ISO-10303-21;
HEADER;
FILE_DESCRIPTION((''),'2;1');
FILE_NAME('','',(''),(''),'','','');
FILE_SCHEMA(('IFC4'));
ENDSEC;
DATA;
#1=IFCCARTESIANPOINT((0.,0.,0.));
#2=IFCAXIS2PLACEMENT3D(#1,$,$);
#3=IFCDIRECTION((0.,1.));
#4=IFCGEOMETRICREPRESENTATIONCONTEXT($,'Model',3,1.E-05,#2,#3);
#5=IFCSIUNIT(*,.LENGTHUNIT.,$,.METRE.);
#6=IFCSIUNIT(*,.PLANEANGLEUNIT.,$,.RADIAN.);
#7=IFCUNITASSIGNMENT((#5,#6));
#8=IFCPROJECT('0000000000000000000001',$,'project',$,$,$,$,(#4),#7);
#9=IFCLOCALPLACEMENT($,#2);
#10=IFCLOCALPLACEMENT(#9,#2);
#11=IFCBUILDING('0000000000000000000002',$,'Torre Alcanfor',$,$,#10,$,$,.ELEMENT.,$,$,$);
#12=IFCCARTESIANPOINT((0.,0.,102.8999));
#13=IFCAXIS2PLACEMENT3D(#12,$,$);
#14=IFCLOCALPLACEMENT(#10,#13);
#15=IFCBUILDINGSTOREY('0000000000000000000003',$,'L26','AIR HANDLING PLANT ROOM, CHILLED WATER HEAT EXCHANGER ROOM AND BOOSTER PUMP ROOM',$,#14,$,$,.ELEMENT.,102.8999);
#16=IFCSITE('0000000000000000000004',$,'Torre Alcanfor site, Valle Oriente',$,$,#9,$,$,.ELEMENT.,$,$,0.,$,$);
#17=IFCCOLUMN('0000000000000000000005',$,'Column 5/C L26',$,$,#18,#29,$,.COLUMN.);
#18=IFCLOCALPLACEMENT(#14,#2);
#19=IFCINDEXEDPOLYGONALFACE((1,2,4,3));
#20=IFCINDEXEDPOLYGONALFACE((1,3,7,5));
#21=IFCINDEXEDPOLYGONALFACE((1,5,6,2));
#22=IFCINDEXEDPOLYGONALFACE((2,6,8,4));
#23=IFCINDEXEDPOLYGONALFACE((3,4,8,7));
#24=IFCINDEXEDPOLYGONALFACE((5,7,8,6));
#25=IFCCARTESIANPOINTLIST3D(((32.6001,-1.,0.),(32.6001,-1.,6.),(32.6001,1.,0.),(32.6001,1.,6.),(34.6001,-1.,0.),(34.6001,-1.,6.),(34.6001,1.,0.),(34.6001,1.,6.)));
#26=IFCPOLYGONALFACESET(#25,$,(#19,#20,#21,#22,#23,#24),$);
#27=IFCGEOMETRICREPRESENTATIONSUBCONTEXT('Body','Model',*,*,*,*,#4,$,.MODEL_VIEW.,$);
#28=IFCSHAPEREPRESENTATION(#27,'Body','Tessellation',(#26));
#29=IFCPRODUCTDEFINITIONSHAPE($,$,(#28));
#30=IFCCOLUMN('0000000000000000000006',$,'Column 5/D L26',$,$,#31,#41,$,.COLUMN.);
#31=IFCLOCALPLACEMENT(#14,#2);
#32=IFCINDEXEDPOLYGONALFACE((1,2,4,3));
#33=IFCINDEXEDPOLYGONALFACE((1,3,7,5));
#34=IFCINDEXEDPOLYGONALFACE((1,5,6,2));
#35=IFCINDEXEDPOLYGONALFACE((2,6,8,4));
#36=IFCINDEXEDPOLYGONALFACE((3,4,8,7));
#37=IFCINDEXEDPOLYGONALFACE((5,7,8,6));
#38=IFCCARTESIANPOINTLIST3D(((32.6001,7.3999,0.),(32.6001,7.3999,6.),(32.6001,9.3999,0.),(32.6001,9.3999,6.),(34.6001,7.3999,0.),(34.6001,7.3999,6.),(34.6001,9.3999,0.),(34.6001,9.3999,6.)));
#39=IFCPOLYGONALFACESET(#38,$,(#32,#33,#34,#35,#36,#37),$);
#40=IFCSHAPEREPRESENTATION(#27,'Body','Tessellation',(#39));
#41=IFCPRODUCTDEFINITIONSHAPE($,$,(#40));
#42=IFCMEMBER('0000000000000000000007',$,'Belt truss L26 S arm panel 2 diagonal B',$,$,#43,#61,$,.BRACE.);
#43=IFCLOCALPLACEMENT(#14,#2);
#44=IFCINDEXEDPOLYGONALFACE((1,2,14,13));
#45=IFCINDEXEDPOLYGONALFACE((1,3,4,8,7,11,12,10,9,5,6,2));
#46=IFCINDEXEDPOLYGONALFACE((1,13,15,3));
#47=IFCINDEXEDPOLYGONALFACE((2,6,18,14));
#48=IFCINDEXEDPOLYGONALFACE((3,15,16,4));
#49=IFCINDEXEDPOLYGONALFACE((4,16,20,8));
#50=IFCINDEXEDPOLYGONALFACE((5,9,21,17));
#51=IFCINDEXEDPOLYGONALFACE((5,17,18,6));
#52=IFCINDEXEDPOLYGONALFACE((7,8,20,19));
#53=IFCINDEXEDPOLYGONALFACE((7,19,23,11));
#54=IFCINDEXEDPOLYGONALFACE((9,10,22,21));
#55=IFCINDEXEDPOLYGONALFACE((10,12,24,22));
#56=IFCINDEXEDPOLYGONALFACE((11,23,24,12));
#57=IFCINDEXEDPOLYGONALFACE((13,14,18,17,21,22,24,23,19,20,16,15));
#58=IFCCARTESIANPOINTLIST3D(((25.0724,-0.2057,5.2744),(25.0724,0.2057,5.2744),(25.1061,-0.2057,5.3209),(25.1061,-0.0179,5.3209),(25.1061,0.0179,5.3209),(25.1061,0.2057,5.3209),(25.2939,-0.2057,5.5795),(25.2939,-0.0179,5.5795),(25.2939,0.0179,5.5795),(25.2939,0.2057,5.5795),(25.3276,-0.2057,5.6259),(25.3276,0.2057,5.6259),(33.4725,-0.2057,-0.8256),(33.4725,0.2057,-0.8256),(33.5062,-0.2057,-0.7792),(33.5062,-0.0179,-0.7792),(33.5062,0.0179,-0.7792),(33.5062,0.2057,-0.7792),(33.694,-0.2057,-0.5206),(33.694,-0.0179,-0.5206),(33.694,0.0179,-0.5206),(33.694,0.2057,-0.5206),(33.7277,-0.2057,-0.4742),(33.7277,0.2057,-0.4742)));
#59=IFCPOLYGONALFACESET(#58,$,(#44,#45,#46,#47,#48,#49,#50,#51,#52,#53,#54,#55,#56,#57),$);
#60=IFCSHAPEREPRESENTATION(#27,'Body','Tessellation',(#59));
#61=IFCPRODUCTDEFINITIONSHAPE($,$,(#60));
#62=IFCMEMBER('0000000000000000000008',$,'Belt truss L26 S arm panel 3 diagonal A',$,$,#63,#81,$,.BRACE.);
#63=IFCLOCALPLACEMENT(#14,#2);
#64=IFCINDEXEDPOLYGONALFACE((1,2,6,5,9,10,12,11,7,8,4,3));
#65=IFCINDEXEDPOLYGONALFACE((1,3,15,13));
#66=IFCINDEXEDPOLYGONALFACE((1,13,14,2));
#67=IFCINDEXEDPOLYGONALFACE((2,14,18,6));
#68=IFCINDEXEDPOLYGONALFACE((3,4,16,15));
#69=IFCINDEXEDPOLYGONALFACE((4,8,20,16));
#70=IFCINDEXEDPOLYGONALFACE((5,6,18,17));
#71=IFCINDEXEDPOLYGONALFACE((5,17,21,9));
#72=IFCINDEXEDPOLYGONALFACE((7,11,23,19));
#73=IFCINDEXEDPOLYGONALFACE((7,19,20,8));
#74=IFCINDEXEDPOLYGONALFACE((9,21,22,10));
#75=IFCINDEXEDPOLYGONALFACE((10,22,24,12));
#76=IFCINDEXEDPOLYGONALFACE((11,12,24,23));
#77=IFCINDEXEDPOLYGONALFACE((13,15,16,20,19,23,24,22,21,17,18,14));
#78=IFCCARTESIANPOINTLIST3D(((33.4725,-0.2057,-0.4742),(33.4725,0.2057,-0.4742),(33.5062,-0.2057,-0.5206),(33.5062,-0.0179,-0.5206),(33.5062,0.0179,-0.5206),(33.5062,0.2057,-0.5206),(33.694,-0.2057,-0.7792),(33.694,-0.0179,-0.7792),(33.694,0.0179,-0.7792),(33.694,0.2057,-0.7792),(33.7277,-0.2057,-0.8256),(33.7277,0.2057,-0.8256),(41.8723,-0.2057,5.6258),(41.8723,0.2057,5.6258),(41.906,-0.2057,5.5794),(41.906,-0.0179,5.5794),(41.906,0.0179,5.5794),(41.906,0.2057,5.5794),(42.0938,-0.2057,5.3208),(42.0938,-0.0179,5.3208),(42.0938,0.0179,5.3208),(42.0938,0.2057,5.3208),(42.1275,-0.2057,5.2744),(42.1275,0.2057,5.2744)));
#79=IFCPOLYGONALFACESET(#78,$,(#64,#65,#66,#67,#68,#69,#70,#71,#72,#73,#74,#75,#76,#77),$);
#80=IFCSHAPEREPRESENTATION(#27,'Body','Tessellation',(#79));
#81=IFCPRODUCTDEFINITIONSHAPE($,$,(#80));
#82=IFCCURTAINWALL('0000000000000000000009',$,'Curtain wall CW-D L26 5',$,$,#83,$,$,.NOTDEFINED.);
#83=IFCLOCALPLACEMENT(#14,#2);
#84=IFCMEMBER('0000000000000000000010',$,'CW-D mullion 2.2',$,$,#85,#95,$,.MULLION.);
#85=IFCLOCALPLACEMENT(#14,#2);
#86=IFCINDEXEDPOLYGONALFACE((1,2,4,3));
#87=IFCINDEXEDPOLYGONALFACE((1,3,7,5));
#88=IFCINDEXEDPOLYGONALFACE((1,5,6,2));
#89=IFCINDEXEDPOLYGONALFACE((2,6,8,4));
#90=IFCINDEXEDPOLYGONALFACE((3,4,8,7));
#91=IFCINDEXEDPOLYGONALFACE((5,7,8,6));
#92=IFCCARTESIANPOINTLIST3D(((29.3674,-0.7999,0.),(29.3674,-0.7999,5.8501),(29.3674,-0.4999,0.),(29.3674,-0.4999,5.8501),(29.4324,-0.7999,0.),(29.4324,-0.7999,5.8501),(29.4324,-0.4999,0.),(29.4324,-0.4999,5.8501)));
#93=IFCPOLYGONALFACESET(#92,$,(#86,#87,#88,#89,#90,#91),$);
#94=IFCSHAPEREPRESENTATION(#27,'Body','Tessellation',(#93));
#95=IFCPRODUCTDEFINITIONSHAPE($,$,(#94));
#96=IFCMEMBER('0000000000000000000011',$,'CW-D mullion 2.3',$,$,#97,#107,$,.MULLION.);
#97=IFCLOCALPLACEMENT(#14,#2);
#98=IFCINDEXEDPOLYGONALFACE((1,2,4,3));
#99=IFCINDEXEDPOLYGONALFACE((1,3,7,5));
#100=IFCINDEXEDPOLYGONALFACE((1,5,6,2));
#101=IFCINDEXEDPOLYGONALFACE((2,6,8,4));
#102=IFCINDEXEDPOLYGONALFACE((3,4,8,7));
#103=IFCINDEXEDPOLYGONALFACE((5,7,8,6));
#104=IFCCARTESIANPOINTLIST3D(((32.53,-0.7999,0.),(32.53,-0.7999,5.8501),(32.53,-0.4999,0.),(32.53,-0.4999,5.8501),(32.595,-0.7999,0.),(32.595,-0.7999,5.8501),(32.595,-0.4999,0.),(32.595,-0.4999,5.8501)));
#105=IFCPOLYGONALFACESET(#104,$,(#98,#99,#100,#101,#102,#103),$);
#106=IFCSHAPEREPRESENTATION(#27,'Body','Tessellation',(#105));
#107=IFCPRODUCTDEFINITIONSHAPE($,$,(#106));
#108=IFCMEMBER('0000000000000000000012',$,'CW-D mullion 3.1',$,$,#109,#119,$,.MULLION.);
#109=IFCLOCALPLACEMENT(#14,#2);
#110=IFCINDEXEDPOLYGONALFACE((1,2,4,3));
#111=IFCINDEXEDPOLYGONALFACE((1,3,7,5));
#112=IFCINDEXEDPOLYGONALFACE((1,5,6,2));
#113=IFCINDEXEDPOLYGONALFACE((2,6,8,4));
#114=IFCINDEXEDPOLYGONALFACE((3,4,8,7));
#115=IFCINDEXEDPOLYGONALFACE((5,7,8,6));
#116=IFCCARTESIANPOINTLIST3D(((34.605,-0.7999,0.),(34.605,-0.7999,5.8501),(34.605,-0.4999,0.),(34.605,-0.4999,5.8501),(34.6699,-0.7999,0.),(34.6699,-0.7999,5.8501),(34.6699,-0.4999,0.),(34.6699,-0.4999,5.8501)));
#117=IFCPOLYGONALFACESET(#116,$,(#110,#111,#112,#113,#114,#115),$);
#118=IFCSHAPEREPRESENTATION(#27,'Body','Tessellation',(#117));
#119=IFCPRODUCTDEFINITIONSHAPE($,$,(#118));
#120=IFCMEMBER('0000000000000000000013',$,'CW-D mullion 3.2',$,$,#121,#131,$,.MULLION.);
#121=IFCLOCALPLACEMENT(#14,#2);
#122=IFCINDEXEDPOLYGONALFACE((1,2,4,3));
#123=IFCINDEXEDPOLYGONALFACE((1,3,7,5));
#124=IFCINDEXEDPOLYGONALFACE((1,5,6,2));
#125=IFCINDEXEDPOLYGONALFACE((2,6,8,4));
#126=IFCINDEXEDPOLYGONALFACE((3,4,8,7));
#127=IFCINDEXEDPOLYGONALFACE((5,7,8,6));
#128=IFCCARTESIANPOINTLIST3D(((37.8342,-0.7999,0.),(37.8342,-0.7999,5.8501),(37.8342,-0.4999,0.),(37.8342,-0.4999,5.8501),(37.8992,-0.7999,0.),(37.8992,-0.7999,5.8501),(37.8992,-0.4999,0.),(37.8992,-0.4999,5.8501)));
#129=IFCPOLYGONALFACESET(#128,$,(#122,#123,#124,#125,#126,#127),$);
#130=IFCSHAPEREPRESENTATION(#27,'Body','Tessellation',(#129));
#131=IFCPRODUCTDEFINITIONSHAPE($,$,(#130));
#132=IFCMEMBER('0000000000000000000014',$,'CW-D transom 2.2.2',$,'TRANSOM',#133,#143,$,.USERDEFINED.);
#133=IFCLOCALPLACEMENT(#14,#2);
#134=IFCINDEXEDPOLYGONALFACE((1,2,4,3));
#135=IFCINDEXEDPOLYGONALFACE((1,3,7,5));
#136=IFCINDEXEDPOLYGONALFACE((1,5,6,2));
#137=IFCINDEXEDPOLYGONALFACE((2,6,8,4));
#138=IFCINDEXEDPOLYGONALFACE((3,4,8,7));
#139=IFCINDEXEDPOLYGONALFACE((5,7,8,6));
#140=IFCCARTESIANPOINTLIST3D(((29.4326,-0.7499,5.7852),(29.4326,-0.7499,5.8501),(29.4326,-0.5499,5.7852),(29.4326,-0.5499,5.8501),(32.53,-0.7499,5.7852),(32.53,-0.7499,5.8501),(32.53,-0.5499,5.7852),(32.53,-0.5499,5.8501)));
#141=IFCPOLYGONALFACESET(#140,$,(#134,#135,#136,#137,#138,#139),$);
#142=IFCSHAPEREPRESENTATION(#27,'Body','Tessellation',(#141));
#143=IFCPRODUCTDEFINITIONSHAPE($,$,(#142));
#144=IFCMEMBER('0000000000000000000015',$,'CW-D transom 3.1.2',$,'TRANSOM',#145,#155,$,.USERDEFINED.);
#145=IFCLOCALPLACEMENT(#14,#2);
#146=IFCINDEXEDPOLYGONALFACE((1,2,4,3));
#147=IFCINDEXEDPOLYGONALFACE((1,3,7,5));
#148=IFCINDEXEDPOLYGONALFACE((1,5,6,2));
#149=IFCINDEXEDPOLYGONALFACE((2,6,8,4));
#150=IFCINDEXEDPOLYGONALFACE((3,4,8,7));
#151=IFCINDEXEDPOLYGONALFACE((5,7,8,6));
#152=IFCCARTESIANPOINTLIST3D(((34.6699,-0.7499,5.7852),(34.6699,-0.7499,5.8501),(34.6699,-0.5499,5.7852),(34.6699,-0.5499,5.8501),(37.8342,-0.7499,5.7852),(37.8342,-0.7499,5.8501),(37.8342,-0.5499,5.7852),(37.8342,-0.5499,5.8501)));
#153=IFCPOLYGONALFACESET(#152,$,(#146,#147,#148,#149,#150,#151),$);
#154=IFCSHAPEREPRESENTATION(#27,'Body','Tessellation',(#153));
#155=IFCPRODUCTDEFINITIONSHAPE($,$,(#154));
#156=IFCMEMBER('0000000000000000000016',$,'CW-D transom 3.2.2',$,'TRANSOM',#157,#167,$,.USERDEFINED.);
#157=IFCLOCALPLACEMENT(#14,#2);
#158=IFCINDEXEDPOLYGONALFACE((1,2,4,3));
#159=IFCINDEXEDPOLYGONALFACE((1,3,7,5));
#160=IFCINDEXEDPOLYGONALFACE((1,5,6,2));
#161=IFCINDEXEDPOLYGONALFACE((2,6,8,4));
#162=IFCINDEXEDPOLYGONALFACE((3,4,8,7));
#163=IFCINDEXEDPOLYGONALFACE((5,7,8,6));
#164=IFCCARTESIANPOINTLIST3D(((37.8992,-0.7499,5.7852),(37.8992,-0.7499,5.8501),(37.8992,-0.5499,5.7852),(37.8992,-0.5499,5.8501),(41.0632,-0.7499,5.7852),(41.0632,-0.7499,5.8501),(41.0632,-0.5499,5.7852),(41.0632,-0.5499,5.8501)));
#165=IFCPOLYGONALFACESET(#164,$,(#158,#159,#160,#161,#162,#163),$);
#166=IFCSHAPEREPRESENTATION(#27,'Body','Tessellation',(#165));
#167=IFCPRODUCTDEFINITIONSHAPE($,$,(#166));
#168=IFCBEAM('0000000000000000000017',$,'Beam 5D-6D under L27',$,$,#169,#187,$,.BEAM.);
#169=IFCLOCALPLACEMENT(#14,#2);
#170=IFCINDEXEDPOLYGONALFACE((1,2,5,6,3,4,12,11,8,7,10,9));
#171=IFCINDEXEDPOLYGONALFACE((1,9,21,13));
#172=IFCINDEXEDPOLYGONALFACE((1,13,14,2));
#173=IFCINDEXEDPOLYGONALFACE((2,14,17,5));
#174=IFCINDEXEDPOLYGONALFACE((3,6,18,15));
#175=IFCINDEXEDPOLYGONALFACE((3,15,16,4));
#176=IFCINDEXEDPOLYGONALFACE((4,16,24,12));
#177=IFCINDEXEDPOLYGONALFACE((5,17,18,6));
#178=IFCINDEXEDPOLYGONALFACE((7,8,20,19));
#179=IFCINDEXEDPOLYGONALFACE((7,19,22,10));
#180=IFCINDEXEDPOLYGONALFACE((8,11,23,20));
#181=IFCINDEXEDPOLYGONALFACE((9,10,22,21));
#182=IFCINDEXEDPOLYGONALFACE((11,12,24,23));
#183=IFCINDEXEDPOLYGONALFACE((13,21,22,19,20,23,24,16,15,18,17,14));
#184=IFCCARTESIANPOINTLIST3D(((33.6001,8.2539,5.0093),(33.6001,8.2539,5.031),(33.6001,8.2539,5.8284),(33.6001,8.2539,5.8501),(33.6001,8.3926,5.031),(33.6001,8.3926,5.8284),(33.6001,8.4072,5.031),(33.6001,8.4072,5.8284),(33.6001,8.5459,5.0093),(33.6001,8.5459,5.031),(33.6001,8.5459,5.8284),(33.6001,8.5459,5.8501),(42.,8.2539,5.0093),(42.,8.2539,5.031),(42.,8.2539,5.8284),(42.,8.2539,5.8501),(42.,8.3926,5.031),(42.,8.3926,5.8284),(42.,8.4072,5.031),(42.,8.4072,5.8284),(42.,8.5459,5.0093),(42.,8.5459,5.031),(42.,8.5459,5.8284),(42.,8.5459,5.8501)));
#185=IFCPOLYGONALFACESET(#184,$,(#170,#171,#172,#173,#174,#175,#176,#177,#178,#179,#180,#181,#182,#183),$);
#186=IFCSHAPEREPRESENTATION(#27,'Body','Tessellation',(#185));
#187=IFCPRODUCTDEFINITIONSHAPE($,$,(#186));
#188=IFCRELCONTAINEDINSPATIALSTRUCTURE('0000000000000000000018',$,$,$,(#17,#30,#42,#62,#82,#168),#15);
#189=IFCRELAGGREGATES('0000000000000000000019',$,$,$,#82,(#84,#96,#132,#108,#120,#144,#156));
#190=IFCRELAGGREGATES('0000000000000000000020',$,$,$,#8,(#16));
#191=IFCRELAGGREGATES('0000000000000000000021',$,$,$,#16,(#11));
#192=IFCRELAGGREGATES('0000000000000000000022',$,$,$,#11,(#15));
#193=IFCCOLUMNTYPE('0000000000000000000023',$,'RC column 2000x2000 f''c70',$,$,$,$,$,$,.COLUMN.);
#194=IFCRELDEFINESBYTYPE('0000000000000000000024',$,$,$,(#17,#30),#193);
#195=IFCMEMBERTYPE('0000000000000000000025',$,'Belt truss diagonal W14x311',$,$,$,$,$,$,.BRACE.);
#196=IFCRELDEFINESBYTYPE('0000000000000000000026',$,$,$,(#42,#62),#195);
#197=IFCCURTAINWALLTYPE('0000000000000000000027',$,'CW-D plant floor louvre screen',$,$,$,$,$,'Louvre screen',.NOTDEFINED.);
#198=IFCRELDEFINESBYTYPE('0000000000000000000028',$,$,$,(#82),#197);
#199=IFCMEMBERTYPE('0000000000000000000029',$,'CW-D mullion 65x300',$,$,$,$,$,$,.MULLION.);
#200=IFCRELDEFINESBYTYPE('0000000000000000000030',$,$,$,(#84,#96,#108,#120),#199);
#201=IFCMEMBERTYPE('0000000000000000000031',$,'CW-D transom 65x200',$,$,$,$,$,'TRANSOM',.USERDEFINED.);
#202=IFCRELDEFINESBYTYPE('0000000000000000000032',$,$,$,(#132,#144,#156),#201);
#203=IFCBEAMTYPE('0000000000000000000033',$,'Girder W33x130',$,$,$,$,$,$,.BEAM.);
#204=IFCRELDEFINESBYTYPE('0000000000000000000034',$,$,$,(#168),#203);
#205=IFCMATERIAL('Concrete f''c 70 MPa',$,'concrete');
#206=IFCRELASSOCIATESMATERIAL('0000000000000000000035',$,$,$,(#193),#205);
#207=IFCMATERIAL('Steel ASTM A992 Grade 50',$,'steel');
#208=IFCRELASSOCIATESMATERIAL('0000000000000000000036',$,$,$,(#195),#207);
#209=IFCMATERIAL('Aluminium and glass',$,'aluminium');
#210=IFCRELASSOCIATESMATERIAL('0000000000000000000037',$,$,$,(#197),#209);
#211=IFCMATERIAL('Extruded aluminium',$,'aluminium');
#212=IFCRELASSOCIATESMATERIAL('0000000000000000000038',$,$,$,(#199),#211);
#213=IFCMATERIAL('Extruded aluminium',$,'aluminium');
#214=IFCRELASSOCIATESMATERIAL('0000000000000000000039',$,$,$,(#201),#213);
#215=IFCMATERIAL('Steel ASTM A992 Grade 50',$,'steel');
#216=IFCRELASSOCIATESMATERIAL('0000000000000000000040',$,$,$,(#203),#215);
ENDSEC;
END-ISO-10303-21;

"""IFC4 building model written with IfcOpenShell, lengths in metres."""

from ifc_helpers import new_model, si_unit, direction, frame, origin, origin_2d, place, context, subcontext, project, spatial, rectangle, i_section, extrude, material, material_profile, profile_set, type_object, element, aggregate, save


model = new_model("IFC4")

# Units and contexts
model_context = context("Model", 3, precision=1e-05, world=origin(), true_north=direction((0.0, 1.0)))
body_context = subcontext(model_context, "Body", "Model", "MODEL_VIEW")
ifc_project = project(units=[si_unit("LENGTHUNIT", "METRE"), si_unit("PLANEANGLEUNIT", "RADIAN")], contexts=[model_context])

# Site, building, storey
site_placement = place(None, origin())
site = spatial("IfcSite", under=ifc_project, at=site_placement, Name="Torre Alcanfor site, Valle Oriente", CompositionType="ELEMENT", RefElevation=0.0)
building_placement = place(site_placement, origin())
building = spatial("IfcBuilding", under=site, at=building_placement, Name="Torre Alcanfor", CompositionType="ELEMENT")
storey_placement = place(building_placement, frame((0.0, 0.0, 102.8999)))
storey = spatial("IfcBuildingStorey", under=building, at=storey_placement, Name="L26", Description="AIR HANDLING PLANT ROOM, CHILLED WATER HEAT EXCHANGER ROOM AND BOOSTER PUMP ROOM", CompositionType="ELEMENT", Elevation=102.8999)

# Columns
ifc_material_1 = material(Name="Concrete f'c 70 MPa", Category="concrete")
ifc_material_profile_1 = material_profile(ifc_material_1, rectangle(XDim=2.0, YDim=2.0, at=origin_2d()), Name="2000x2000")
ifc_profile_set_1 = profile_set([ifc_material_profile_1], Name="Concrete f'c 70 MPa")
column_type = type_object("IfcColumnType", Name="RC column 2000x2000 f'c70", PredefinedType="COLUMN", material=ifc_profile_set_1)
for number, where, z_axis, x_axis, name in (
    (1, (33.6001, 0.0, 0.0), (0.0, 0.0, 1.0), (1.0, 0.0, 0.0), "Column 5/C L26"),
    (2, (33.6001, 8.3999, 0.0), (0.0, 0.0, 1.0), (1.0, 0.0, 0.0), "Column 5/D L26"),
):
    element("IfcColumn", number, at=place(storey_placement, frame(where, z_axis=z_axis, x_axis=x_axis)), inside=storey, type_object=column_type, Name=name, PredefinedType="COLUMN", context=body_context, shape_type="SweptSolid", body=[
        extrude(rectangle(XDim=2.0, YDim=2.0, at=origin_2d()), origin(), (0.0, 0.0, 1.0), 6.0),
    ])

# Members
ifc_material_2 = material(Name="Steel ASTM A992 Grade 50", Category="steel")
ifc_material_profile_2 = material_profile(ifc_material_2, i_section(OverallWidth=0.4114, OverallDepth=0.4343, WebThickness=0.0359, FlangeThickness=0.0574, at=origin_2d()), Name="W14x311")
ifc_profile_set_2 = profile_set([ifc_material_profile_2], Name="Steel ASTM A992 Grade 50")
member_type_1 = type_object("IfcMemberType", Name="Belt truss diagonal W14x311", PredefinedType="BRACE", material=ifc_profile_set_2)
member_1_placement = place(storey_placement, frame((33.6001, 0.0, -0.6499), z_axis=(-0.809153, 0.0, 0.587598), x_axis=(0.0, -1.0, 0.0)))
element("IfcMember", 3, at=member_1_placement, inside=storey, type_object=member_type_1, Name="Belt truss L26 S arm panel 2 diagonal B", PredefinedType="BRACE", context=body_context, shape_type="SweptSolid", body=[
    extrude(i_section(OverallWidth=0.4114, OverallDepth=0.4343, WebThickness=0.0359, FlangeThickness=0.0574, at=origin_2d()), origin(), (0.0, 0.0, 1.0), 10.3813),
])
member_2_placement = place(storey_placement, frame((33.6001, 0.0, -0.6499), z_axis=(0.809145, 0.0, 0.587609), x_axis=(0.0, 1.0, 0.0)))
element("IfcMember", 4, at=member_2_placement, inside=storey, type_object=member_type_1, Name="Belt truss L26 S arm panel 3 diagonal A", PredefinedType="BRACE", context=body_context, shape_type="SweptSolid", body=[
    extrude(i_section(OverallWidth=0.4114, OverallDepth=0.4343, WebThickness=0.0359, FlangeThickness=0.0574, at=origin_2d()), origin(), (0.0, 0.0, 1.0), 10.3811),
])

# Curtain wall, members
ifc_material_3 = material(Name="Aluminium and glass", Category="aluminium")
curtain_wall_type = type_object("IfcCurtainWallType", Name="CW-D plant floor louvre screen", ElementType="Louvre screen", PredefinedType="NOTDEFINED", material=ifc_material_3)
curtain_wall_placement = place(storey_placement, origin())
curtain_wall = element("IfcCurtainWall", 5, at=curtain_wall_placement, inside=storey, type_object=curtain_wall_type, Name="Curtain wall CW-D L26 5", PredefinedType="NOTDEFINED")
ifc_material_4 = material(Name="Extruded aluminium", Category="aluminium")
ifc_material_profile_3 = material_profile(ifc_material_4, rectangle(XDim=0.3, YDim=0.0649, at=origin_2d()), Name="CW-D mullion 65x300")
ifc_profile_set_3 = profile_set([ifc_material_profile_3], Name="Extruded aluminium")
member_type_2 = type_object("IfcMemberType", Name="CW-D mullion 65x300", PredefinedType="MULLION", material=ifc_profile_set_3)
member_3_placement = place(storey_placement, frame((29.3999, -0.6499, 0.0), z_axis=(0.0, 0.0, 1.0), x_axis=(0.0, 1.0, 0.0)))
member_3 = element("IfcMember", 6, at=member_3_placement, type_object=member_type_2, Name="CW-D mullion 2.2", PredefinedType="MULLION", context=body_context, shape_type="SweptSolid", body=[
    extrude(rectangle(XDim=0.3, YDim=0.0649, at=origin_2d()), origin(), (0.0, 0.0, 1.0), 5.8501),
])
member_4_placement = place(storey_placement, frame((32.5625, -0.6499, 0.0), z_axis=(0.0, 0.0, 1.0), x_axis=(0.0, 1.0, 0.0)))
member_4 = element("IfcMember", 7, at=member_4_placement, type_object=member_type_2, Name="CW-D mullion 2.3", PredefinedType="MULLION", context=body_context, shape_type="SweptSolid", body=[
    extrude(rectangle(XDim=0.3, YDim=0.0649, at=origin_2d()), origin(), (0.0, 0.0, 1.0), 5.8501),
])
member_5_placement = place(storey_placement, frame((34.6375, -0.6499, 0.0), z_axis=(0.0, 0.0, 1.0), x_axis=(0.0, 1.0, 0.0)))
member_5 = element("IfcMember", 8, at=member_5_placement, type_object=member_type_2, Name="CW-D mullion 3.1", PredefinedType="MULLION", context=body_context, shape_type="SweptSolid", body=[
    extrude(rectangle(XDim=0.3, YDim=0.0649, at=origin_2d()), origin(), (0.0, 0.0, 1.0), 5.8501),
])
member_6_placement = place(storey_placement, frame((37.8667, -0.6499, 0.0), z_axis=(0.0, 0.0, 1.0), x_axis=(0.0, 1.0, 0.0)))
member_6 = element("IfcMember", 9, at=member_6_placement, type_object=member_type_2, Name="CW-D mullion 3.2", PredefinedType="MULLION", context=body_context, shape_type="SweptSolid", body=[
    extrude(rectangle(XDim=0.3, YDim=0.0649, at=origin_2d()), origin(), (0.0, 0.0, 1.0), 5.8501),
])
ifc_material_5 = material(Name="Extruded aluminium", Category="aluminium")
ifc_material_profile_4 = material_profile(ifc_material_5, rectangle(XDim=0.2, YDim=0.0649, at=origin_2d()), Name="CW-D transom 200x65")
ifc_profile_set_4 = profile_set([ifc_material_profile_4], Name="Extruded aluminium")
member_type_3 = type_object("IfcMemberType", Name="CW-D transom 65x200", ElementType="TRANSOM", PredefinedType="USERDEFINED", material=ifc_profile_set_4)
member_7_placement = place(storey_placement, frame((29.4326, -0.6499, 5.8176), z_axis=(1.0, 0.0, 0.0), x_axis=(0.0, 1.0, 0.0)))
member_7 = element("IfcMember", 10, at=member_7_placement, type_object=member_type_3, Name="CW-D transom 2.2.2", ObjectType="TRANSOM", PredefinedType="USERDEFINED", context=body_context, shape_type="SweptSolid", body=[
    extrude(rectangle(XDim=0.2, YDim=0.0649, at=origin_2d()), origin(), (0.0, 0.0, 1.0), 3.0974),
])
member_8_placement = place(storey_placement, frame((34.6699, -0.6499, 5.8176), z_axis=(1.0, 0.0, 0.0), x_axis=(0.0, 1.0, 0.0)))
member_8 = element("IfcMember", 11, at=member_8_placement, type_object=member_type_3, Name="CW-D transom 3.1.2", ObjectType="TRANSOM", PredefinedType="USERDEFINED", context=body_context, shape_type="SweptSolid", body=[
    extrude(rectangle(XDim=0.2, YDim=0.0649, at=origin_2d()), origin(), (0.0, 0.0, 1.0), 3.1643),
])
member_9_placement = place(storey_placement, frame((37.8992, -0.6499, 5.8176), z_axis=(1.0, 0.0, 0.0), x_axis=(0.0, 1.0, 0.0)))
member_9 = element("IfcMember", 12, at=member_9_placement, type_object=member_type_3, Name="CW-D transom 3.2.2", ObjectType="TRANSOM", PredefinedType="USERDEFINED", context=body_context, shape_type="SweptSolid", body=[
    extrude(rectangle(XDim=0.2, YDim=0.0649, at=origin_2d()), origin(), (0.0, 0.0, 1.0), 3.1641),
])

# Beam
ifc_material_6 = material(Name="Steel ASTM A992 Grade 50", Category="steel")
ifc_material_profile_5 = material_profile(ifc_material_6, i_section(OverallWidth=0.292, OverallDepth=0.8408, WebThickness=0.0146, FlangeThickness=0.0217, at=origin_2d()), Name="W33x130")
ifc_profile_set_5 = profile_set([ifc_material_profile_5], Name="Steel ASTM A992 Grade 50")
beam_type_1 = type_object("IfcBeamType", Name="Girder W33x130", PredefinedType="BEAM", material=ifc_profile_set_5)
for number, where, z_axis, x_axis, name in (
    (13, (33.6001, 8.3999, 5.4297), (1.0, 0.0, 0.0), (0.0, 1.0, 0.0), "Beam 5D-6D under L27"),
):
    element("IfcBeam", number, at=place(storey_placement, frame(where, z_axis=z_axis, x_axis=x_axis)), inside=storey, type_object=beam_type_1, Name=name, PredefinedType="BEAM", context=body_context, shape_type="SweptSolid", body=[
        extrude(i_section(OverallWidth=0.292, OverallDepth=0.8408, WebThickness=0.0146, FlangeThickness=0.0217, at=origin_2d()), origin(), (0.0, 0.0, 1.0), 8.3999),
    ])

aggregate(curtain_wall, [member_3, member_4, member_7, member_5, member_6, member_8, member_9])

save(model, "model.ifc")
